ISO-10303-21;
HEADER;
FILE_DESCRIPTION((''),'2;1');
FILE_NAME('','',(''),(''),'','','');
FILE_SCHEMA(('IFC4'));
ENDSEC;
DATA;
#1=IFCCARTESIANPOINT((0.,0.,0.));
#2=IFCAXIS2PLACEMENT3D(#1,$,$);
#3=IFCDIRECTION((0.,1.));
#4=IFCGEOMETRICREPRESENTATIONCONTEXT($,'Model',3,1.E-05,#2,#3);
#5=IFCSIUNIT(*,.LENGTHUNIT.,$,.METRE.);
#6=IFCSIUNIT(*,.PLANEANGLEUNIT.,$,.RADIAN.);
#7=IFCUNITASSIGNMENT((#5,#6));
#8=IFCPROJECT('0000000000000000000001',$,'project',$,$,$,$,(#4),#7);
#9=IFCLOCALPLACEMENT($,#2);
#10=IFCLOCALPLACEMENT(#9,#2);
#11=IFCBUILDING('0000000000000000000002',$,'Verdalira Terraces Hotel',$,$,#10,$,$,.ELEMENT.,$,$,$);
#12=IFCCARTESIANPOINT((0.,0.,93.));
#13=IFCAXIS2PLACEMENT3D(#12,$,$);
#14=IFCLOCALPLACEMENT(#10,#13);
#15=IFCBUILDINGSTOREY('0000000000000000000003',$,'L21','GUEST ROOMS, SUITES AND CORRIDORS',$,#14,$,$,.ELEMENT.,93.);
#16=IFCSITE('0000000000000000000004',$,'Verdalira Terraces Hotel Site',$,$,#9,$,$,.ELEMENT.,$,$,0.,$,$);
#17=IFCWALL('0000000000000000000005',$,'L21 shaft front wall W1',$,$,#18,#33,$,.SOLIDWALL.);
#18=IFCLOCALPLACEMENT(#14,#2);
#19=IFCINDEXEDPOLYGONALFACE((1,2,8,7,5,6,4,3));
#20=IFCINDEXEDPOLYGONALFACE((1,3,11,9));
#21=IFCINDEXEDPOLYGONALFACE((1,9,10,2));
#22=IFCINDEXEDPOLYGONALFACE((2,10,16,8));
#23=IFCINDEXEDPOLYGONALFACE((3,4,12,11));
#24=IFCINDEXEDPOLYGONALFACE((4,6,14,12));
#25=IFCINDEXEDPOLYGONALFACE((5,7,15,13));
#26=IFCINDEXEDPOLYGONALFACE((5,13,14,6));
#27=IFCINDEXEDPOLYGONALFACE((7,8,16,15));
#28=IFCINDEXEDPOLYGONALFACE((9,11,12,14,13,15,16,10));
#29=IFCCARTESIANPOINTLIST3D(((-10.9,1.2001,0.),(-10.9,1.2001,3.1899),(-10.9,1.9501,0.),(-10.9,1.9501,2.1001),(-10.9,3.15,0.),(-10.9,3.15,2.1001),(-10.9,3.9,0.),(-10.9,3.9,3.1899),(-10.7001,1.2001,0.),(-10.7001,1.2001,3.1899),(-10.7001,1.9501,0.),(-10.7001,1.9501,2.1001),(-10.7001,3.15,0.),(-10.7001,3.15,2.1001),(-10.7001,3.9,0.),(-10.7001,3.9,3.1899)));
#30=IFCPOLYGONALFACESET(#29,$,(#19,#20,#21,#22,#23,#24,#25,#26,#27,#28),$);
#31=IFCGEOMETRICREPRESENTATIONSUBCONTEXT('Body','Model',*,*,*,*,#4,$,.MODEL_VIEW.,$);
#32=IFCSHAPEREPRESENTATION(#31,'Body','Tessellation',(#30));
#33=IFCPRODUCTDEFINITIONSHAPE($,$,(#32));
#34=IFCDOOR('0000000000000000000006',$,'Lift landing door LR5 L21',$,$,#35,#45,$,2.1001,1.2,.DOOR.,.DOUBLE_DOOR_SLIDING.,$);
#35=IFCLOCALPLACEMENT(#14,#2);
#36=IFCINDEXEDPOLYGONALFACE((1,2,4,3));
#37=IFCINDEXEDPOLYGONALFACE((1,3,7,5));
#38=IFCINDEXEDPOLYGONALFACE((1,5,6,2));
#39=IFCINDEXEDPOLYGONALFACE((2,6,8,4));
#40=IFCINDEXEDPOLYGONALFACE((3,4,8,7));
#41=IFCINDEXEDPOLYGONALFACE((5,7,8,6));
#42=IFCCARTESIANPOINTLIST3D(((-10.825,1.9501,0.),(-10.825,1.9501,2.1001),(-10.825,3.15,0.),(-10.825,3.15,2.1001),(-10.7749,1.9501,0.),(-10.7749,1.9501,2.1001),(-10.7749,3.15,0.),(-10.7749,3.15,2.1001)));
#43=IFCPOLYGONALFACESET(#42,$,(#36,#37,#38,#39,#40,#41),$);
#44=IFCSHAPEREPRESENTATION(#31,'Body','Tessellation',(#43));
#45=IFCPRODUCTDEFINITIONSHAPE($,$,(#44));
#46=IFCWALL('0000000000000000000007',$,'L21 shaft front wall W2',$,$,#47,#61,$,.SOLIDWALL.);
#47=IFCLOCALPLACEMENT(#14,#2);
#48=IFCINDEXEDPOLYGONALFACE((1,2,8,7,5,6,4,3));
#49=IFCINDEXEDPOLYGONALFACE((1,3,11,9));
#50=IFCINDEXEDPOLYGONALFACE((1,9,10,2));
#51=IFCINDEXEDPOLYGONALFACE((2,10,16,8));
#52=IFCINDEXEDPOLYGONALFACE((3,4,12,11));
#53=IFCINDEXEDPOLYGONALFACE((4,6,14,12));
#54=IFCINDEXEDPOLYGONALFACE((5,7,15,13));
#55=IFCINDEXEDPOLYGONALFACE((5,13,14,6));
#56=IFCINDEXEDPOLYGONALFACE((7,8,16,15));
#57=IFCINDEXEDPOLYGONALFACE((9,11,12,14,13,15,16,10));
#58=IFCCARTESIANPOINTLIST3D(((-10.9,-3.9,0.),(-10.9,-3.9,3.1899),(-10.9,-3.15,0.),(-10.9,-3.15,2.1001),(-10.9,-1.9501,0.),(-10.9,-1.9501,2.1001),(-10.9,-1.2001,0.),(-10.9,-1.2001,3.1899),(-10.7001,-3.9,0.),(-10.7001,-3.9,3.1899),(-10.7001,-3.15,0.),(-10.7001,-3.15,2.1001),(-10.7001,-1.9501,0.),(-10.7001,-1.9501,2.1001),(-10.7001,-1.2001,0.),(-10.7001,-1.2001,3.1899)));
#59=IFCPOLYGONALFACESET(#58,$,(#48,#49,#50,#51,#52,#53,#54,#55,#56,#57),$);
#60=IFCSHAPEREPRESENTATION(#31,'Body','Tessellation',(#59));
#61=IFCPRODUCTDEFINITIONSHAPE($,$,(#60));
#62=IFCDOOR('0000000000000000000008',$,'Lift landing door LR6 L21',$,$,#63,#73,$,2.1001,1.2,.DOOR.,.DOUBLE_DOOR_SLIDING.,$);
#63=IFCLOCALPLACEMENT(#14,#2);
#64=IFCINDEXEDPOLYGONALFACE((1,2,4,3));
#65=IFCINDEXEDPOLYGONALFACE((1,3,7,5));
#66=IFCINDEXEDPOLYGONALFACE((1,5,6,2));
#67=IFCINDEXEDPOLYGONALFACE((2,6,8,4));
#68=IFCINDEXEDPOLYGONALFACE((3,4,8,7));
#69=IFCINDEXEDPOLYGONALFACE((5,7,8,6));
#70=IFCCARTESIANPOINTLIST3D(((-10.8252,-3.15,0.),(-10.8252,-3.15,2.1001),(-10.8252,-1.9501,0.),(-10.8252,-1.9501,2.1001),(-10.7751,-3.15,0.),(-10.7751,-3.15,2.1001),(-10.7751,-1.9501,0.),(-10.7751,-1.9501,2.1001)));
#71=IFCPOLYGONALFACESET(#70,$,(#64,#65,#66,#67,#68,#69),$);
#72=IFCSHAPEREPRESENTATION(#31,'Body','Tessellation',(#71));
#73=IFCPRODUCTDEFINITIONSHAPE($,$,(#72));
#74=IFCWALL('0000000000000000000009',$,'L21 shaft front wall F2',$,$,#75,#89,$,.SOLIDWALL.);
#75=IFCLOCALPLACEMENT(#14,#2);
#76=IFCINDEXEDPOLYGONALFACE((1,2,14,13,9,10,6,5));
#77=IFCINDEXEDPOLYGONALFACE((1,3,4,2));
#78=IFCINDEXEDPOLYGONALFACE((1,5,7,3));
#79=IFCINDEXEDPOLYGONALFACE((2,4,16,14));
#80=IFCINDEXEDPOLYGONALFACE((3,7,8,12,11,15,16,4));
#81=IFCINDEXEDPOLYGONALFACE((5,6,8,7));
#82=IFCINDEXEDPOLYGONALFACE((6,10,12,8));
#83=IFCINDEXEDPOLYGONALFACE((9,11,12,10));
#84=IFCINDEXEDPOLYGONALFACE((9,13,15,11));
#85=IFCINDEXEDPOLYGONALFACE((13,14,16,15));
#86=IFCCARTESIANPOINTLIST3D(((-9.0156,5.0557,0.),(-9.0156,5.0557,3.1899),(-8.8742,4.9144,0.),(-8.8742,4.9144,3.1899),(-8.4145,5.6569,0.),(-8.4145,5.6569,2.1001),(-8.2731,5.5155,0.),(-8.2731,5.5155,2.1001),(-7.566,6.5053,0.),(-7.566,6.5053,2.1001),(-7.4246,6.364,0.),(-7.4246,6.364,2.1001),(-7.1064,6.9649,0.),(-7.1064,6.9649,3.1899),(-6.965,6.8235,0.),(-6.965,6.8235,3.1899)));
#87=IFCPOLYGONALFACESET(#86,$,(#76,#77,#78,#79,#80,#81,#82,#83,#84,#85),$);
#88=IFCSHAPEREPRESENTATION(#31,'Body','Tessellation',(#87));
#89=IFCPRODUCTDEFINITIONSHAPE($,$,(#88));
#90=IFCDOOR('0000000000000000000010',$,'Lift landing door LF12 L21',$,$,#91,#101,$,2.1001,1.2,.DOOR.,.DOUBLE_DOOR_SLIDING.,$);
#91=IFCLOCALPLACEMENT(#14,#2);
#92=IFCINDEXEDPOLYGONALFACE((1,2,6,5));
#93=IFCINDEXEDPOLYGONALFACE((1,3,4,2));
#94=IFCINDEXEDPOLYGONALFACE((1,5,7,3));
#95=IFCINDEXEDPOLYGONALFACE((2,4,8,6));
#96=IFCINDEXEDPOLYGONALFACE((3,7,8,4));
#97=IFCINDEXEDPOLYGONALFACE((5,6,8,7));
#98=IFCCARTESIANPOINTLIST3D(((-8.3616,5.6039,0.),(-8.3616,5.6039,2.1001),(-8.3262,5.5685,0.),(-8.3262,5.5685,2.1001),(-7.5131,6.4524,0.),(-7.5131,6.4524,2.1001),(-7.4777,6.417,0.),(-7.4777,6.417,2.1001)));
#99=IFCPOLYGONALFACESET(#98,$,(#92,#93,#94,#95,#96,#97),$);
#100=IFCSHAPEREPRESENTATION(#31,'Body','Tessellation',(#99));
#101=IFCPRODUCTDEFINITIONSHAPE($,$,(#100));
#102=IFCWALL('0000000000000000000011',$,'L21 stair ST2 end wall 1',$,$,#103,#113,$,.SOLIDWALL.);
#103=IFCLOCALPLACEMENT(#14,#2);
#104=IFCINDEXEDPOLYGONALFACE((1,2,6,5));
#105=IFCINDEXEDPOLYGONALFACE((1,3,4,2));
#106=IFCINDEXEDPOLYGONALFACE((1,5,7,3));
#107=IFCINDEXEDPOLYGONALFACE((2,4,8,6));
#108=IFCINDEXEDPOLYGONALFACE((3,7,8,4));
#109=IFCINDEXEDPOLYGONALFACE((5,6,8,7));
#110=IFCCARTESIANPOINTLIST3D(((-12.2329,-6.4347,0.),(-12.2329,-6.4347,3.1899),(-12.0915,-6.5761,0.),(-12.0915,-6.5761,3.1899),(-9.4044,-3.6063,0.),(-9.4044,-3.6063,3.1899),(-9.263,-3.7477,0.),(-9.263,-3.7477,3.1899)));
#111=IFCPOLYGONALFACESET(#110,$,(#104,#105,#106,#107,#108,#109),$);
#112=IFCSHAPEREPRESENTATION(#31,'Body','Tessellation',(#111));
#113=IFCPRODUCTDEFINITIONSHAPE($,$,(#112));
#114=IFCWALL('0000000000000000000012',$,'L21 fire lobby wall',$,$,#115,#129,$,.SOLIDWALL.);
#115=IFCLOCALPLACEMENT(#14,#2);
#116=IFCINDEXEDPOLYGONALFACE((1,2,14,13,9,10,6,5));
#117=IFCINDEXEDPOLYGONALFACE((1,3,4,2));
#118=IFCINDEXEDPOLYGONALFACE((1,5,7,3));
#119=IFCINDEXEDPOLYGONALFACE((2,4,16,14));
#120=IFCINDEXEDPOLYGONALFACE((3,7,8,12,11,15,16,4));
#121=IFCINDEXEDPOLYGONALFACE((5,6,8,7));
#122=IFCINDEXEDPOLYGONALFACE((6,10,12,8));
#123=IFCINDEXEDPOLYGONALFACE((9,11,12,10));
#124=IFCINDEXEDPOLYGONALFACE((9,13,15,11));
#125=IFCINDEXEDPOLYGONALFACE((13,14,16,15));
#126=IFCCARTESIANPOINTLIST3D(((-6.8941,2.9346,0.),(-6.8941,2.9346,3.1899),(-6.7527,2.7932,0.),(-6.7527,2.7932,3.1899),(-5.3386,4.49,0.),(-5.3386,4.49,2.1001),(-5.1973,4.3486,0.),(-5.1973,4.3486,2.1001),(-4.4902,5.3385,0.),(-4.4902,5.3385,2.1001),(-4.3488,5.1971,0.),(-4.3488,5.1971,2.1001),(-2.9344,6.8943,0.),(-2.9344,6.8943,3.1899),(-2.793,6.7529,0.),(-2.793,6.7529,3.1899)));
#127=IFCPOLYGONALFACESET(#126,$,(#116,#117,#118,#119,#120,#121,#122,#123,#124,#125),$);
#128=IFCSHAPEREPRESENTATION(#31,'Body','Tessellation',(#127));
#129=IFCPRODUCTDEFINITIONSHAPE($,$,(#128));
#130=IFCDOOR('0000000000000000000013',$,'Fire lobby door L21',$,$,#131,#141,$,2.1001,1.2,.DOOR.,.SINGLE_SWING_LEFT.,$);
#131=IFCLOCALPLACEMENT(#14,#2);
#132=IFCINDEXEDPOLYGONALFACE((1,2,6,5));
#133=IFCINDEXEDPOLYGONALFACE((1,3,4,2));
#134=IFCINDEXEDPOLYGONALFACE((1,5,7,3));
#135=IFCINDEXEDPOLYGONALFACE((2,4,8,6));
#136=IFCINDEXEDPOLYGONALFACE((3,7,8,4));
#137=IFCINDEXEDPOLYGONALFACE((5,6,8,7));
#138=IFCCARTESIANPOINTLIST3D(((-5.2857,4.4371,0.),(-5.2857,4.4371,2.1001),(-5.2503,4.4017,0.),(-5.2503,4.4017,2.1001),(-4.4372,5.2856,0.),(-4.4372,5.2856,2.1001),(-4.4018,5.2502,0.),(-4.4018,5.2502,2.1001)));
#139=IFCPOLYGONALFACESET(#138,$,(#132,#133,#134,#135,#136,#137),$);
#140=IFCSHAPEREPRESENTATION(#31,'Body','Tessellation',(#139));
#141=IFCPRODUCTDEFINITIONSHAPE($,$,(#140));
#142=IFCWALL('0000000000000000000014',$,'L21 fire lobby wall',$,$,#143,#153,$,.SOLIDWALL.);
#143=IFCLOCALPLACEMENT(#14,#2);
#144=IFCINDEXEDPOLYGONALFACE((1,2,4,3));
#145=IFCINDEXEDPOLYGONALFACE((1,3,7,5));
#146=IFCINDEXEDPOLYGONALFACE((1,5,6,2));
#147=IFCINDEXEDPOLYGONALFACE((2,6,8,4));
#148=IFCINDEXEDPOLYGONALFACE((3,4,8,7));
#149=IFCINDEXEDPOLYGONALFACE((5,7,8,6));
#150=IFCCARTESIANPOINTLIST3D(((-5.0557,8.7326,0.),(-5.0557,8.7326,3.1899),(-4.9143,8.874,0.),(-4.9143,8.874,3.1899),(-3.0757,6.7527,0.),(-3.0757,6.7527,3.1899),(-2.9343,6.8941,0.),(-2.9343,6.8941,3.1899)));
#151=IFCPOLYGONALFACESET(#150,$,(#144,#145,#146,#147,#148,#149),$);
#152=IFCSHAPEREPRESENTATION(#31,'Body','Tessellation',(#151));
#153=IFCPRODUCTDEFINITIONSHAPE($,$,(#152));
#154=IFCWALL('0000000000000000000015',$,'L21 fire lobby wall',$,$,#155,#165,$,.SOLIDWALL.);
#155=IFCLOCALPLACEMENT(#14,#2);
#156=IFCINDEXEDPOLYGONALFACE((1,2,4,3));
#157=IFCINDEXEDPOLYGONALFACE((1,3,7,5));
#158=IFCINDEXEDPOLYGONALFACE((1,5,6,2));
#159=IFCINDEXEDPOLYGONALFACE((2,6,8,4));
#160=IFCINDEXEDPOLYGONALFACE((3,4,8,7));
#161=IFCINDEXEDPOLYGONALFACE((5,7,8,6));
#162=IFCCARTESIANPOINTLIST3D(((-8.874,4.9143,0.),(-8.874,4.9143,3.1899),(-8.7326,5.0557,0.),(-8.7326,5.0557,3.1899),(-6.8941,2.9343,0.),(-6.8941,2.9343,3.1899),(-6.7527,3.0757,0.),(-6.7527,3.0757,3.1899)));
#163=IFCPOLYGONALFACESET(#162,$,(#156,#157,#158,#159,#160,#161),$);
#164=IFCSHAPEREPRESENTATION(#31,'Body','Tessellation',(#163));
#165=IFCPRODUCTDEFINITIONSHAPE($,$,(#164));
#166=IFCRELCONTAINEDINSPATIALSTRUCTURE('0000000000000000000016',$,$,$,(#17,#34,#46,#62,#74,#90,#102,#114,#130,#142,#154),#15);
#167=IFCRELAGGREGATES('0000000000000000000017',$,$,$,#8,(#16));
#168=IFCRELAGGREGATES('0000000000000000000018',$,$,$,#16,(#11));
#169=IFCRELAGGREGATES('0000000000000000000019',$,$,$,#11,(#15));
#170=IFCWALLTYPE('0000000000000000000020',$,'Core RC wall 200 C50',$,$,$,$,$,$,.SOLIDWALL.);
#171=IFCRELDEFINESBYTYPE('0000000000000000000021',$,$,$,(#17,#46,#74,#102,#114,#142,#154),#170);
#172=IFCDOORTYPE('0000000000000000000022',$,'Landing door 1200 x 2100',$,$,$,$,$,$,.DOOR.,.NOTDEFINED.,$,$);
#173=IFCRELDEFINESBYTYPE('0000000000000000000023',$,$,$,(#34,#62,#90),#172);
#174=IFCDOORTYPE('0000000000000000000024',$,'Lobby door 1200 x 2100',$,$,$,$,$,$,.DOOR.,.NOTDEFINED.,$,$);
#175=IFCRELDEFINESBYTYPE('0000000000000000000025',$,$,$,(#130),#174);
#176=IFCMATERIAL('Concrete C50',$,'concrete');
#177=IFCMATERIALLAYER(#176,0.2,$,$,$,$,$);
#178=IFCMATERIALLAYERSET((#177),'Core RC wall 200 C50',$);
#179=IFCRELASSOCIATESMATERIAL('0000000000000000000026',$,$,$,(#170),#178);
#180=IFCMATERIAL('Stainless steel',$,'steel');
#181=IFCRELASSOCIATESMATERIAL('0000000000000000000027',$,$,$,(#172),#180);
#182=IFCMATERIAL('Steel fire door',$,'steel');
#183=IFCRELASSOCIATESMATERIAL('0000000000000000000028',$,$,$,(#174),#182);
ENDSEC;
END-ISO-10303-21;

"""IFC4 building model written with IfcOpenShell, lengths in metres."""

from ifc_helpers import new_model, si_unit, direction, frame, frame_2d, origin, place, context, subcontext, project, spatial, rectangle, extrude, material, layer, layer_set, type_object, element, fill, save


model = new_model("IFC4")

# Units and contexts
model_context = context("Model", 3, precision=1e-05, world=origin(), true_north=direction((0.0, 1.0)))
body_context = subcontext(model_context, "Body", "Model", "MODEL_VIEW")
ifc_project = project(units=[si_unit("LENGTHUNIT", "METRE"), si_unit("PLANEANGLEUNIT", "RADIAN")], contexts=[model_context])

# Site, building, storey
site_placement = place(None, origin())
site = spatial("IfcSite", under=ifc_project, at=site_placement, Name="Verdalira Terraces Hotel Site", CompositionType="ELEMENT", RefElevation=0.0)
building_placement = place(site_placement, origin())
building = spatial("IfcBuilding", under=site, at=building_placement, Name="Verdalira Terraces Hotel", CompositionType="ELEMENT")
storey_placement = place(building_placement, frame((0.0, 0.0, 93.0)))
storey = spatial("IfcBuildingStorey", under=building, at=storey_placement, Name="L21", Description="GUEST ROOMS, SUITES AND CORRIDORS", CompositionType="ELEMENT", Elevation=93.0)

# Walls, openings, doors
ifc_material_1 = material(Name="Concrete C50", Category="concrete")
ifc_layer_1 = layer(ifc_material_1, 0.2)
ifc_layer_set_1 = layer_set([ifc_layer_1], Name="Core RC wall 200 C50")
wall_type_1 = type_object("IfcWallType", Name="Core RC wall 200 C50", PredefinedType="SOLIDWALL", material=ifc_layer_set_1)
wall_1_placement = place(storey_placement, frame((-10.8, 1.2, 0.0), z_axis=(0.0, 0.0, 1.0), x_axis=(0.0, 1.0, 0.0)))
wall_1 = element("IfcWall", 1, at=wall_1_placement, inside=storey, type_object=wall_type_1, Name="L21 shaft front wall W1", PredefinedType="SOLIDWALL", context=body_context, shape_type="SweptSolid", body=[
    extrude(rectangle(XDim=2.7, YDim=0.2, at=frame_2d((1.3501, 0.0))), origin(), (0.0, 0.0, 1.0), 3.1899),
])
opening_1_placement = place(wall_1_placement, frame((0.75, 0.0, 0.0)))
opening_1 = element("IfcOpeningElement", 2, at=opening_1_placement, cuts=wall_1, PredefinedType="OPENING", context=body_context, shape_type="SweptSolid", body=[
    extrude(rectangle(XDim=1.2, YDim=2.1001, at=frame_2d((0.6001, 1.05))), frame((0.0, 0.1099, 0.0), z_axis=(0.0, -1.0, 0.0), x_axis=(1.0, 0.0, 0.0)), (0.0, 0.0, 1.0), 0.22),
])
ifc_material_2 = material(Name="Stainless steel", Category="steel")
door_type_1 = type_object("IfcDoorType", Name="Landing door 1200 x 2100", OperationType="NOTDEFINED", PredefinedType="DOOR", material=ifc_material_2)
door_1_placement = place(opening_1_placement, origin())
door_1 = element("IfcDoor", 3, at=door_1_placement, inside=storey, type_object=door_type_1, Name="Lift landing door LR5 L21", OperationType="DOUBLE_DOOR_SLIDING", OverallHeight=2.1001, OverallWidth=1.2, PredefinedType="DOOR", context=body_context, shape_type="SweptSolid", body=[
    extrude(rectangle(XDim=1.2, YDim=2.1001, at=frame_2d((0.6001, 1.05))), frame((0.0, 0.0249, 0.0), z_axis=(0.0, -1.0, 0.0), x_axis=(1.0, 0.0, 0.0)), (0.0, 0.0, 1.0), 0.05),
])
fill(opening_1, door_1)
wall_2_placement = place(storey_placement, frame((-10.8, -1.2, 0.0), z_axis=(0.0, 0.0, 1.0), x_axis=(0.0, -1.0, 0.0)))
wall_2 = element("IfcWall", 4, at=wall_2_placement, inside=storey, type_object=wall_type_1, Name="L21 shaft front wall W2", PredefinedType="SOLIDWALL", context=body_context, shape_type="SweptSolid", body=[
    extrude(rectangle(XDim=2.7, YDim=0.2, at=frame_2d((1.3501, 0.0))), origin(), (0.0, 0.0, 1.0), 3.1899),
])
opening_2_placement = place(wall_2_placement, frame((0.75, 0.0, 0.0)))
opening_2 = element("IfcOpeningElement", 5, at=opening_2_placement, cuts=wall_2, PredefinedType="OPENING", context=body_context, shape_type="SweptSolid", body=[
    extrude(rectangle(XDim=1.2, YDim=2.1001, at=frame_2d((0.6001, 1.05))), frame((0.0, 0.1099, 0.0), z_axis=(0.0, -1.0, 0.0), x_axis=(1.0, 0.0, 0.0)), (0.0, 0.0, 1.0), 0.22),
])
door_2_placement = place(opening_2_placement, origin())
door_2 = element("IfcDoor", 6, at=door_2_placement, inside=storey, type_object=door_type_1, Name="Lift landing door LR6 L21", OperationType="DOUBLE_DOOR_SLIDING", OverallHeight=2.1001, OverallWidth=1.2, PredefinedType="DOOR", context=body_context, shape_type="SweptSolid", body=[
    extrude(rectangle(XDim=1.2, YDim=2.1001, at=frame_2d((0.6001, 1.05))), frame((0.0, 0.0249, 0.0), z_axis=(0.0, -1.0, 0.0), x_axis=(1.0, 0.0, 0.0)), (0.0, 0.0, 1.0), 0.05),
])
fill(opening_2, door_2)
wall_3_placement = place(storey_placement, frame((-7.0356, 6.8943, 0.0), z_axis=(0.0, 0.0, 1.0), x_axis=(-0.707107, -0.707107, 0.0)))
wall_3 = element("IfcWall", 7, at=wall_3_placement, inside=storey, type_object=wall_type_1, Name="L21 shaft front wall F2", PredefinedType="SOLIDWALL", context=body_context, shape_type="SweptSolid", body=[
    extrude(rectangle(XDim=2.7, YDim=0.2, at=frame_2d((1.3501, 0.0))), origin(), (0.0, 0.0, 1.0), 3.1899),
])
opening_3_placement = place(wall_3_placement, frame((0.6499, 0.0, 0.0)))
opening_3 = element("IfcOpeningElement", 8, at=opening_3_placement, cuts=wall_3, PredefinedType="OPENING", context=body_context, shape_type="SweptSolid", body=[
    extrude(rectangle(XDim=1.2, YDim=2.1001, at=frame_2d((0.6001, 1.05))), frame((0.0, 0.1099, 0.0), z_axis=(0.0, -1.0, 0.0), x_axis=(1.0, 0.0, 0.0)), (0.0, 0.0, 1.0), 0.22),
])
door_3_placement = place(opening_3_placement, origin())
door_3 = element("IfcDoor", 9, at=door_3_placement, inside=storey, type_object=door_type_1, Name="Lift landing door LF12 L21", OperationType="DOUBLE_DOOR_SLIDING", OverallHeight=2.1001, OverallWidth=1.2, PredefinedType="DOOR", context=body_context, shape_type="SweptSolid", body=[
    extrude(rectangle(XDim=1.2, YDim=2.1001, at=frame_2d((0.6001, 1.05))), frame((0.0, 0.0249, 0.0), z_axis=(0.0, -1.0, 0.0), x_axis=(1.0, 0.0, 0.0)), (0.0, 0.0, 1.0), 0.05),
])
fill(opening_3, door_3)

# Wall
wall_4_placement = place(storey_placement, frame((-9.3337, -3.677, 0.0), z_axis=(0.0, 0.0, 1.0), x_axis=(-0.707107, -0.707107, 0.0)))
element("IfcWall", 10, at=wall_4_placement, inside=storey, type_object=wall_type_1, Name="L21 stair ST2 end wall 1", PredefinedType="SOLIDWALL", context=body_context, shape_type="SweptSolid", body=[
    extrude(rectangle(XDim=4.0, YDim=0.2, at=frame_2d((2.0, 0.0))), origin(), (0.0, 0.0, 1.0), 3.1899),
])

# Wall, opening, door
wall_5_placement = place(storey_placement, frame((-2.8638, 6.8235, 0.0), z_axis=(0.0, 0.0, 1.0), x_axis=(-0.707107, -0.707107, 0.0)))
wall_5 = element("IfcWall", 11, at=wall_5_placement, inside=storey, type_object=wall_type_1, Name="L21 fire lobby wall", PredefinedType="SOLIDWALL", context=body_context, shape_type="SweptSolid", body=[
    extrude(rectangle(XDim=5.5999, YDim=0.2, at=frame_2d((2.7998, 0.0))), origin(), (0.0, 0.0, 1.0), 3.1899),
])
opening_4_placement = place(wall_5_placement, frame((2.2, 0.0, 0.0)))
opening_4 = element("IfcOpeningElement", 12, at=opening_4_placement, cuts=wall_5, PredefinedType="OPENING", context=body_context, shape_type="SweptSolid", body=[
    extrude(rectangle(XDim=1.2, YDim=2.1001, at=frame_2d((0.6001, 1.05))), frame((0.0, 0.1099, 0.0), z_axis=(0.0, -1.0, 0.0), x_axis=(1.0, 0.0, 0.0)), (0.0, 0.0, 1.0), 0.22),
])
ifc_material_3 = material(Name="Steel fire door", Category="steel")
door_type_2 = type_object("IfcDoorType", Name="Lobby door 1200 x 2100", OperationType="NOTDEFINED", PredefinedType="DOOR", material=ifc_material_3)
door_4_placement = place(opening_4_placement, origin())
door_4 = element("IfcDoor", 13, at=door_4_placement, inside=storey, type_object=door_type_2, Name="Fire lobby door L21", OperationType="SINGLE_SWING_LEFT", OverallHeight=2.1001, OverallWidth=1.2, PredefinedType="DOOR", context=body_context, shape_type="SweptSolid", body=[
    extrude(rectangle(XDim=1.2, YDim=2.1001, at=frame_2d((0.6001, 1.05))), frame((0.0, 0.0249, 0.0), z_axis=(0.0, -1.0, 0.0), x_axis=(1.0, 0.0, 0.0)), (0.0, 0.0, 1.0), 0.05),
])
fill(opening_4, door_4)

# Walls
for number, where, z_axis, x_axis, name in (
    (14, (-3.0051, 6.8235, 0.0), (0.0, 0.0, 1.0), (-0.707107, 0.707107, 0.0), "L21 fire lobby wall"),
    (15, (-6.8235, 3.0051, 0.0), (0.0, 0.0, 1.0), (-0.707107, 0.707107, 0.0), "L21 fire lobby wall"),
):
    element("IfcWall", number, at=place(storey_placement, frame(where, z_axis=z_axis, x_axis=x_axis)), inside=storey, type_object=wall_type_1, Name=name, PredefinedType="SOLIDWALL", context=body_context, shape_type="SweptSolid", body=[
        extrude(rectangle(XDim=2.8, YDim=0.2, at=frame_2d((1.3999, 0.0))), origin(), (0.0, 0.0, 1.0), 3.1899),
    ])

save(model, "model.ifc")
